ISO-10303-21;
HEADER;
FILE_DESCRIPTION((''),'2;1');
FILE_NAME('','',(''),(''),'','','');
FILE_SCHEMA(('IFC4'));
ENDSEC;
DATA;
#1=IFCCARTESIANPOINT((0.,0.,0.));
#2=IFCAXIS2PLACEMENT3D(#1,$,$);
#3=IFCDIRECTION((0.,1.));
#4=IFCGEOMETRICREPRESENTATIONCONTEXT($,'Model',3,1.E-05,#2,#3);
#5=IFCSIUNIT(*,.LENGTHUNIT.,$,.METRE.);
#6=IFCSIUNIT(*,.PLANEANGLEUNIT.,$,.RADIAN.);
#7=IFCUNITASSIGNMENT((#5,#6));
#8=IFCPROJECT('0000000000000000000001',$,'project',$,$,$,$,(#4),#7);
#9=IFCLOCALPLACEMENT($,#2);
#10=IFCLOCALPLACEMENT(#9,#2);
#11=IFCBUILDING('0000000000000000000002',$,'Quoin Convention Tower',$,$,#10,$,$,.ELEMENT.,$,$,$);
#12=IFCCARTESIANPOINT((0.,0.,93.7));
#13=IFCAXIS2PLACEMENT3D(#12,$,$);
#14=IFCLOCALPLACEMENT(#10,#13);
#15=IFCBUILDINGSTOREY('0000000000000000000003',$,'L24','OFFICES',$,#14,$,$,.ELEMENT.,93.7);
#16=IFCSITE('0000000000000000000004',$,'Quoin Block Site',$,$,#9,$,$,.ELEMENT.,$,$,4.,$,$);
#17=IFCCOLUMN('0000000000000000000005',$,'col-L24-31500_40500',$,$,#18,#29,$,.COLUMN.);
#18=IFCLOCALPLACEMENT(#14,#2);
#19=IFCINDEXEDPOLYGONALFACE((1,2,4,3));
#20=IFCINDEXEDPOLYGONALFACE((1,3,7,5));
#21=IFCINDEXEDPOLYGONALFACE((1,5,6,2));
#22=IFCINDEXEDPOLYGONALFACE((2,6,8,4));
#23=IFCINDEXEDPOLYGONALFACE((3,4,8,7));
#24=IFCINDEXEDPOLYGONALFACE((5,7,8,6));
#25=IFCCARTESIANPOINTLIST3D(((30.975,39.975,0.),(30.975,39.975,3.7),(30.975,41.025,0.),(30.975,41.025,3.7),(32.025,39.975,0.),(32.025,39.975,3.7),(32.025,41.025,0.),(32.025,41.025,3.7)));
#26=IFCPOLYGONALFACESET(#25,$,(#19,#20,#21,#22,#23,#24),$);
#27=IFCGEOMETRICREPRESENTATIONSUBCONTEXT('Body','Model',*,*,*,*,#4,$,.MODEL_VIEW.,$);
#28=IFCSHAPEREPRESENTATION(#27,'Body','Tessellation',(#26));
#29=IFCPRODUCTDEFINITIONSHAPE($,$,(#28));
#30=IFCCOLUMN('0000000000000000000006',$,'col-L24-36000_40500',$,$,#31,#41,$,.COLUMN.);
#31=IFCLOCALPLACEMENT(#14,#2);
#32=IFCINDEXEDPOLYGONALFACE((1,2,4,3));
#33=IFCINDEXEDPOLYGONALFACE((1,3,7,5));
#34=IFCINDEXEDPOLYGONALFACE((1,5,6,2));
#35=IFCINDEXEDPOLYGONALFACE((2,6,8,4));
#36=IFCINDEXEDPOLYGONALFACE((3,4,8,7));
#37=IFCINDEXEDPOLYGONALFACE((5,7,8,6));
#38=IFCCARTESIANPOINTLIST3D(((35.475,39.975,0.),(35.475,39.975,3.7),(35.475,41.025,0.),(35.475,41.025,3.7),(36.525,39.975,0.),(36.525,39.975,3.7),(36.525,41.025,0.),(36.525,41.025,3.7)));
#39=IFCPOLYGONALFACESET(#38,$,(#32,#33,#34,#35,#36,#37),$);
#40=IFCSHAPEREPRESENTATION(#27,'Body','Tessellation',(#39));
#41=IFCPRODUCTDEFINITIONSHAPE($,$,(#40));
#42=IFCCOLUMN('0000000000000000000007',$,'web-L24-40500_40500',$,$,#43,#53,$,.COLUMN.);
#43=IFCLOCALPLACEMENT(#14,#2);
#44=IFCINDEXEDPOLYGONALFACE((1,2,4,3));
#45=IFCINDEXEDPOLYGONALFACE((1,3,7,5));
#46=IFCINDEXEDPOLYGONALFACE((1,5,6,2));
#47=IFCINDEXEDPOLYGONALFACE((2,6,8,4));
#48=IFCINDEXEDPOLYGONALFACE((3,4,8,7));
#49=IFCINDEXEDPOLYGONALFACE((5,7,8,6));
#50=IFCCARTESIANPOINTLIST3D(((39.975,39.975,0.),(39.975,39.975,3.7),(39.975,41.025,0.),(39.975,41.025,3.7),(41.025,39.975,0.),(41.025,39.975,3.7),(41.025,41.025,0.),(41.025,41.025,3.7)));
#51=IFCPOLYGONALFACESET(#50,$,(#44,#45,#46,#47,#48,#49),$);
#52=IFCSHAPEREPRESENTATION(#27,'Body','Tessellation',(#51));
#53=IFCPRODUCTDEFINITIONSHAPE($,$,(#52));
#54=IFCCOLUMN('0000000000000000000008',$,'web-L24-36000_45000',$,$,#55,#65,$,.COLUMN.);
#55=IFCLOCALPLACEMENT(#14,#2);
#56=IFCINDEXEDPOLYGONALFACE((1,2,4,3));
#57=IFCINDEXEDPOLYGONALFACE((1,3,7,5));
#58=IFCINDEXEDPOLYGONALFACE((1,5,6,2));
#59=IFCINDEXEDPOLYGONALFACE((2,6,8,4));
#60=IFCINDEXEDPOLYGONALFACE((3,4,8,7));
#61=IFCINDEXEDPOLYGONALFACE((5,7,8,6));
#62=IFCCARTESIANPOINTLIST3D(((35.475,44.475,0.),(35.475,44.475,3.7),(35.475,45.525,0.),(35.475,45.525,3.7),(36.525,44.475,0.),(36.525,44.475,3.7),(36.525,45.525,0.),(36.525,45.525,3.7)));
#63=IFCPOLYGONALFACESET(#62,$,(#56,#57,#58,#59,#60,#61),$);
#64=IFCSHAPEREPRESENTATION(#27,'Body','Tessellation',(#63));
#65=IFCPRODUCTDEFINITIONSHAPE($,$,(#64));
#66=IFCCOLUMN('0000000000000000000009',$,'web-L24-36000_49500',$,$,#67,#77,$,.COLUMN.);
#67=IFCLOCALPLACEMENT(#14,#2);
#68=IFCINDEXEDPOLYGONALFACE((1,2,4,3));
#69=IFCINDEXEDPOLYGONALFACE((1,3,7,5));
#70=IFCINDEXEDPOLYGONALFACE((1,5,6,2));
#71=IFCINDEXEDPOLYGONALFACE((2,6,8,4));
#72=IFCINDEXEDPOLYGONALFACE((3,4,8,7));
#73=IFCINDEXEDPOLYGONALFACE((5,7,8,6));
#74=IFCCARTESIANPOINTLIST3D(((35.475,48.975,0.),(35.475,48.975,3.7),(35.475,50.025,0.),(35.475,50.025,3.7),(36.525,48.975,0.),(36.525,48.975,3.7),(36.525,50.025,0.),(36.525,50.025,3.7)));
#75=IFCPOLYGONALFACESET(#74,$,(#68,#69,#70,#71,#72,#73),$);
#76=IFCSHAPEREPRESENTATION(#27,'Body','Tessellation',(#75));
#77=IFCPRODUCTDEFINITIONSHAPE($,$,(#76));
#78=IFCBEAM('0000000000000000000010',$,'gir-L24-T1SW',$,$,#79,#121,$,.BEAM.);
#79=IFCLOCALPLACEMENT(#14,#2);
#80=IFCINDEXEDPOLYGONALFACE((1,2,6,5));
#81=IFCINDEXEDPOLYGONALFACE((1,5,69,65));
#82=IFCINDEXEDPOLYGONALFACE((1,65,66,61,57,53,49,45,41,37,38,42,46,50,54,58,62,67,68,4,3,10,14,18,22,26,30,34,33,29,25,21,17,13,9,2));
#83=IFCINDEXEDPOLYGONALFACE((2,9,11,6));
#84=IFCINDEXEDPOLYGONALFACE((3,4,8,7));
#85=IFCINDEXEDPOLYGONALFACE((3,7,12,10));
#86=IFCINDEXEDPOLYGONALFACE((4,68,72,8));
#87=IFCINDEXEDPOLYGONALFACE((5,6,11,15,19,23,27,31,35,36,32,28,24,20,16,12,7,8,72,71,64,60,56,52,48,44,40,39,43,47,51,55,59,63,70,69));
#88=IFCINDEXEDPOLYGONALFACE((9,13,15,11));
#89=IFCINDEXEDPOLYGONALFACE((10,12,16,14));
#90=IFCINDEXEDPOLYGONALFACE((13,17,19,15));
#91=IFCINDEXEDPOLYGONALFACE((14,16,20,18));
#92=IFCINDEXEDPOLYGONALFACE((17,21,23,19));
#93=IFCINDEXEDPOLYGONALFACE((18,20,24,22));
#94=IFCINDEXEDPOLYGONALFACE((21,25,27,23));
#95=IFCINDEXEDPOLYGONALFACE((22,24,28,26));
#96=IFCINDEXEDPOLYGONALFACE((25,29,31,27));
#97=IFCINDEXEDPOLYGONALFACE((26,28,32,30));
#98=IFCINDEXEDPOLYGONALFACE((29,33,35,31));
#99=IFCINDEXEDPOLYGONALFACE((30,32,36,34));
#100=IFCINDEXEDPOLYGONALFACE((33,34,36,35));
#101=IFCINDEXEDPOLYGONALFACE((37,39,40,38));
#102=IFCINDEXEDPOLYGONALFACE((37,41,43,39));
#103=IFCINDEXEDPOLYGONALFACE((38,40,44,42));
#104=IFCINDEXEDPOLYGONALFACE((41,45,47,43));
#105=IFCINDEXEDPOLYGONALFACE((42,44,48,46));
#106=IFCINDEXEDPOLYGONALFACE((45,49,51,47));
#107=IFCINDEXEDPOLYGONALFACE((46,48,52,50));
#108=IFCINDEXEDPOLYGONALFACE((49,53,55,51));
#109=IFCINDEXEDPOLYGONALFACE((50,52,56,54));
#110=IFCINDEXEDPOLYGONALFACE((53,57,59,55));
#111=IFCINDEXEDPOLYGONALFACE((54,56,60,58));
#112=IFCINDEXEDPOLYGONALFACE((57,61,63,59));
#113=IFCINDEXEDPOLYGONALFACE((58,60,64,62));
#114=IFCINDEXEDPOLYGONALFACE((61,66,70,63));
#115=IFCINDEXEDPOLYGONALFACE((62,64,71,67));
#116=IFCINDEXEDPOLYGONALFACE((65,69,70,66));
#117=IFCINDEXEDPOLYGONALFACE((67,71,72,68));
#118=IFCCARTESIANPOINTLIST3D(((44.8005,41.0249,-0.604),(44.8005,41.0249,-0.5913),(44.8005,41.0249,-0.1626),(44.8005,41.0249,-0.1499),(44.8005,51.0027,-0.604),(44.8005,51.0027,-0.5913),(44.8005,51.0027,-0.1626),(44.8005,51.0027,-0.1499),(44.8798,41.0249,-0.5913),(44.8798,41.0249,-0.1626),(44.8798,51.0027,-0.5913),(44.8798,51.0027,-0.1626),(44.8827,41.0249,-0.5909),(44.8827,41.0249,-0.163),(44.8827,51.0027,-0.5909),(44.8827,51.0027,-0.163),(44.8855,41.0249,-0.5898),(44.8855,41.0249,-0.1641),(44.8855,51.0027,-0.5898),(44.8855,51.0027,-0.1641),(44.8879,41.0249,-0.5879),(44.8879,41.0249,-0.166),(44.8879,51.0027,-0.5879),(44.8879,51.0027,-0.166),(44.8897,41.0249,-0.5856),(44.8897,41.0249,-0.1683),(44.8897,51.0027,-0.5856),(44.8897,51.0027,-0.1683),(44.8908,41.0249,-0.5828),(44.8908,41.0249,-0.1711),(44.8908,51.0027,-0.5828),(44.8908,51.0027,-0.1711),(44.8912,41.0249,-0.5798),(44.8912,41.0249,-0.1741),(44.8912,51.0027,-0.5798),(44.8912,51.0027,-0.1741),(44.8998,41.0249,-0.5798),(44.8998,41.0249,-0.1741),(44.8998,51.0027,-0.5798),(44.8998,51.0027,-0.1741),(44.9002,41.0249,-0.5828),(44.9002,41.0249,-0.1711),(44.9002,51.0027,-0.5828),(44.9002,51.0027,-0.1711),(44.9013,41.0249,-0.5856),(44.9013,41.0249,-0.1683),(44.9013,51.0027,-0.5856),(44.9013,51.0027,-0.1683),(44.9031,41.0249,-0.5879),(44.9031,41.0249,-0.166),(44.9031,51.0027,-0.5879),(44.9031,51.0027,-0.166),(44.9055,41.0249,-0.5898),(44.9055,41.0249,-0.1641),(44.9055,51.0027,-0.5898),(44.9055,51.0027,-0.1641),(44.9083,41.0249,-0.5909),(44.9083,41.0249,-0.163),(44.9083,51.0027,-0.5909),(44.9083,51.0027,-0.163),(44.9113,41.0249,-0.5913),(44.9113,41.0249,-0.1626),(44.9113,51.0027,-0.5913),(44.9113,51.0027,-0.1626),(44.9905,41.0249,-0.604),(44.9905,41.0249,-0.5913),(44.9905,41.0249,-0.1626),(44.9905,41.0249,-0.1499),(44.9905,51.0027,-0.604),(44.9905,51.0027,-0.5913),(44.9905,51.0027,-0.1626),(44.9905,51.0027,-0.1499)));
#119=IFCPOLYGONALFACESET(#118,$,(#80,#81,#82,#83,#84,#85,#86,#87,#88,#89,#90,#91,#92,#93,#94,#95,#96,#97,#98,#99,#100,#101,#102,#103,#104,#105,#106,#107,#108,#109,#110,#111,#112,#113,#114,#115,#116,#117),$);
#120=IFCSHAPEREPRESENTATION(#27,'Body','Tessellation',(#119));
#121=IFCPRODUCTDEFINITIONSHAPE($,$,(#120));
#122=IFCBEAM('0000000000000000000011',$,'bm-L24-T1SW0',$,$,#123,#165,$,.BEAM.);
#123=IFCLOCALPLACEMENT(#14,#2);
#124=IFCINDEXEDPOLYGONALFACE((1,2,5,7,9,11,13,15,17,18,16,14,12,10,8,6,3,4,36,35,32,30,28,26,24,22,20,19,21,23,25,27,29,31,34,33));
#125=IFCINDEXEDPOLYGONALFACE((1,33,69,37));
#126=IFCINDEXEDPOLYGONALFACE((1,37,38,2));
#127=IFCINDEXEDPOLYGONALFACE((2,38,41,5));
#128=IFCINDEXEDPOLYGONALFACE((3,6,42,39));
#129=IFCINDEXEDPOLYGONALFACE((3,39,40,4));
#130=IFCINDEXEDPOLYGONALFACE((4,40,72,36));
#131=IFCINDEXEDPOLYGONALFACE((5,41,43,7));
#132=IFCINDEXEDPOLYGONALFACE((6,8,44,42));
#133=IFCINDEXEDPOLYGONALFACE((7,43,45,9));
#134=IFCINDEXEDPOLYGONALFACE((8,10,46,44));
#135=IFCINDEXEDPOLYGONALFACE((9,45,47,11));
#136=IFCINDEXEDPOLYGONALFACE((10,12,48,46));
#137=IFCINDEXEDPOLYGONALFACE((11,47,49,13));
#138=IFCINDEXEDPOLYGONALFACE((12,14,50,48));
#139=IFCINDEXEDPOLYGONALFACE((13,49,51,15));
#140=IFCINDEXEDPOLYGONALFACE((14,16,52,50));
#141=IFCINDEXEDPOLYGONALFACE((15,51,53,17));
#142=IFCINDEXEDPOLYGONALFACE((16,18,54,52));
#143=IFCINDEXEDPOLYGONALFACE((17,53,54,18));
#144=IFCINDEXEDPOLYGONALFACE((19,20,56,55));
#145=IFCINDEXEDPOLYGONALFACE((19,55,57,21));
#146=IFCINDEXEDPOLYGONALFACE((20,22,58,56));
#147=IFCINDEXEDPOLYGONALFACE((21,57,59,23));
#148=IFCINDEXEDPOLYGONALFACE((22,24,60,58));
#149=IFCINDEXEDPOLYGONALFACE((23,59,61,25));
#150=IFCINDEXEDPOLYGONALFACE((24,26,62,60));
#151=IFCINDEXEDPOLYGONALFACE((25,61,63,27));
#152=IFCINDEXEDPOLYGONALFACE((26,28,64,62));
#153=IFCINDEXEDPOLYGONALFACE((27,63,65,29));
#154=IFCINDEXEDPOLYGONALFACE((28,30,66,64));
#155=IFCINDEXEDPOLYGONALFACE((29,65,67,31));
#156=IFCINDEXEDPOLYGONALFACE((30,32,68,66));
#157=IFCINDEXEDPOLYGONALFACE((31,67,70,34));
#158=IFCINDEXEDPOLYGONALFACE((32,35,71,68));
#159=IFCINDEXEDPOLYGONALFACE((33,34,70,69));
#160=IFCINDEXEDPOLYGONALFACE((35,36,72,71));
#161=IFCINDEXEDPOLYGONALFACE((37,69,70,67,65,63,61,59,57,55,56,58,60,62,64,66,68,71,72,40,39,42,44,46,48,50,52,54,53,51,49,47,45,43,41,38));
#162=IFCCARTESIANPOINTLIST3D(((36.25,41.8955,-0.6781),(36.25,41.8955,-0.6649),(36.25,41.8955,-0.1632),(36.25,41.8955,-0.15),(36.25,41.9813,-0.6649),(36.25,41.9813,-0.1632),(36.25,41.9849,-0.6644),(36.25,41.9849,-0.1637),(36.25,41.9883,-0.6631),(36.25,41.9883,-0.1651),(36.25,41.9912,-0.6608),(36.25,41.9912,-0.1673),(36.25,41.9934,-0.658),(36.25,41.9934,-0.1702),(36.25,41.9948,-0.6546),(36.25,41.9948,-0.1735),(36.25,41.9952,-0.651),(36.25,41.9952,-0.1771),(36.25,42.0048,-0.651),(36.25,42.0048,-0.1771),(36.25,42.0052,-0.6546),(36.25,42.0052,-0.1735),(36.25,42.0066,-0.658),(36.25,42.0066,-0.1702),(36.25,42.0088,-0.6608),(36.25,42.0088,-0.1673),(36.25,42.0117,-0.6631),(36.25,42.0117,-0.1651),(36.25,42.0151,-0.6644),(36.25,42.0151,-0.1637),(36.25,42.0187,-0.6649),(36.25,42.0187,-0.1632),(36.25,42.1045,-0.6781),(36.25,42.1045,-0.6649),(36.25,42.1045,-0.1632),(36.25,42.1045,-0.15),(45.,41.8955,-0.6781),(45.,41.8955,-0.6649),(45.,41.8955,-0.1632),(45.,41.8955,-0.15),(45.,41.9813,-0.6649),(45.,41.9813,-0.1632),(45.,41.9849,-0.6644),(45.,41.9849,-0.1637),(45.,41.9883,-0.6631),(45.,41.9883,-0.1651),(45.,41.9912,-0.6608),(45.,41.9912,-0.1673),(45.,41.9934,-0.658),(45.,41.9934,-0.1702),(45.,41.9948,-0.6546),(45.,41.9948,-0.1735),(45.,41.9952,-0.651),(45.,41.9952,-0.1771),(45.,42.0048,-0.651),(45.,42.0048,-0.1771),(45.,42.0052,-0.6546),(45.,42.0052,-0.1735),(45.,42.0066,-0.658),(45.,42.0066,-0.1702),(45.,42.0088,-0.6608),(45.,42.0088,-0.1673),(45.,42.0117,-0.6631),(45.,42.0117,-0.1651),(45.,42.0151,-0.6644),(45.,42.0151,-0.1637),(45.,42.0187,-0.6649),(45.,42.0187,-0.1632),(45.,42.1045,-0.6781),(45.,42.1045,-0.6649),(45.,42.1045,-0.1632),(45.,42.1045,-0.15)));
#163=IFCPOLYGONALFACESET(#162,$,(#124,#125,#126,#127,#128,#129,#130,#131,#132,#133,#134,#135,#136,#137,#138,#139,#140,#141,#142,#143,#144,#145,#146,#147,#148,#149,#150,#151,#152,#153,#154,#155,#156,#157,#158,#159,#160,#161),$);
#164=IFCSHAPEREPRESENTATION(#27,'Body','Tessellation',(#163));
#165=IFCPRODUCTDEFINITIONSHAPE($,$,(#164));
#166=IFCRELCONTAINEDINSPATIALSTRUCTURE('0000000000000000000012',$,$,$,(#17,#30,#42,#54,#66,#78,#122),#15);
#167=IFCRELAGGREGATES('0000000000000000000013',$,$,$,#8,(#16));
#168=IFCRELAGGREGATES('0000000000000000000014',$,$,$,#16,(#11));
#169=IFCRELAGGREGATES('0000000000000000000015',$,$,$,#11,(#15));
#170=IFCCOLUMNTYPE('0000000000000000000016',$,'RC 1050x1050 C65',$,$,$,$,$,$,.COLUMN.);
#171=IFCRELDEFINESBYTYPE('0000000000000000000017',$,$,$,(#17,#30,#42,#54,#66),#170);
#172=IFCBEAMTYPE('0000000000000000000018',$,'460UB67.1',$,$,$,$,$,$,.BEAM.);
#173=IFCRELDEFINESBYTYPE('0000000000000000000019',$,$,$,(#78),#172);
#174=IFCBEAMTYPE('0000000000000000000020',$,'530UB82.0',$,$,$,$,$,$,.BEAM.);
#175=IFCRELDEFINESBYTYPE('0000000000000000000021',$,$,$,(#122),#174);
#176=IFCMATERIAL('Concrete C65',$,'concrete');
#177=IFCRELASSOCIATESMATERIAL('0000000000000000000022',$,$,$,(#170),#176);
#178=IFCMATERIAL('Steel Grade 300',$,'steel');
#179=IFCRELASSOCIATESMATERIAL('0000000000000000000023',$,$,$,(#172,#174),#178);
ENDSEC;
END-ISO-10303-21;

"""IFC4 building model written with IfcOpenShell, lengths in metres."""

from ifc_helpers import new_model, si_unit, direction, frame, origin, origin_2d, place, context, subcontext, project, spatial, rectangle, i_section, extrude, material, material_profile, profile_set, type_object, element, save


model = new_model("IFC4")

# Units and contexts
model_context = context("Model", 3, precision=1e-05, world=origin(), true_north=direction((0.0, 1.0)))
body_context = subcontext(model_context, "Body", "Model", "MODEL_VIEW")
ifc_project = project(units=[si_unit("LENGTHUNIT", "METRE"), si_unit("PLANEANGLEUNIT", "RADIAN")], contexts=[model_context])

# Site, building, storey
site_placement = place(None, origin())
site = spatial("IfcSite", under=ifc_project, at=site_placement, Name="Quoin Block Site", CompositionType="ELEMENT", RefElevation=4.0)
building_placement = place(site_placement, origin())
building = spatial("IfcBuilding", under=site, at=building_placement, Name="Quoin Convention Tower", CompositionType="ELEMENT")
storey_placement = place(building_placement, frame((0.0, 0.0, 93.7)))
storey = spatial("IfcBuildingStorey", under=building, at=storey_placement, Name="L24", Description="OFFICES", CompositionType="ELEMENT", Elevation=93.7)

# Columns
ifc_material_1 = material(Name="Concrete C65", Category="concrete")
ifc_material_profile_1 = material_profile(ifc_material_1, rectangle(XDim=1.05, YDim=1.05, at=origin_2d()), Name="RC 1050x1050")
ifc_profile_set_1 = profile_set([ifc_material_profile_1], Name="Concrete C65")
column_type = type_object("IfcColumnType", Name="RC 1050x1050 C65", PredefinedType="COLUMN", material=ifc_profile_set_1)
for number, where, z_axis, x_axis, name in (
    (1, (31.5, 40.5, 0.0), (0.0, 0.0, 1.0), (1.0, 0.0, 0.0), "col-L24-31500_40500"),
    (2, (36.0, 40.5, 0.0), (0.0, 0.0, 1.0), (1.0, 0.0, 0.0), "col-L24-36000_40500"),
    (3, (40.5, 40.5, 0.0), (0.0, 0.0, 1.0), (1.0, 0.0, 0.0), "web-L24-40500_40500"),
    (4, (36.0, 45.0, 0.0), (0.0, 0.0, 1.0), (1.0, 0.0, 0.0), "web-L24-36000_45000"),
    (5, (36.0, 49.5, 0.0), (0.0, 0.0, 1.0), (1.0, 0.0, 0.0), "web-L24-36000_49500"),
):
    element("IfcColumn", number, at=place(storey_placement, frame(where, z_axis=z_axis, x_axis=x_axis)), inside=storey, type_object=column_type, Name=name, PredefinedType="COLUMN", context=body_context, shape_type="SweptSolid", body=[
        extrude(rectangle(XDim=1.05, YDim=1.05, at=origin_2d()), origin(), (0.0, 0.0, 1.0), 3.7),
    ])

# Beams
ifc_material_2 = material(Name="Steel Grade 300", Category="steel")
ifc_material_profile_2 = material_profile(ifc_material_2, i_section(OverallWidth=0.1899, OverallDepth=0.4541, WebThickness=0.0085, FlangeThickness=0.0127, FilletRadius=0.0115, at=origin_2d()), Name="460UB67.1")
ifc_profile_set_2 = profile_set([ifc_material_profile_2], Name="Steel Grade 300")
beam_type_1 = type_object("IfcBeamType", Name="460UB67.1", PredefinedType="BEAM", material=ifc_profile_set_2)
beam_1_placement = place(storey_placement, frame((44.8955, 41.0249, -0.377), z_axis=(0.0, 1.0, 0.0), x_axis=(-1.0, 0.0, 0.0)))
element("IfcBeam", 6, at=beam_1_placement, inside=storey, type_object=beam_type_1, Name="gir-L24-T1SW", PredefinedType="BEAM", context=body_context, shape_type="SweptSolid", body=[
    extrude(i_section(OverallWidth=0.1899, OverallDepth=0.4541, WebThickness=0.0085, FlangeThickness=0.0127, FilletRadius=0.0115, at=origin_2d()), origin(), (0.0, 0.0, 1.0), 9.9778),
])
ifc_material_profile_3 = material_profile(ifc_material_2, i_section(OverallWidth=0.209, OverallDepth=0.5281, WebThickness=0.0095, FlangeThickness=0.0132, FilletRadius=0.0139, at=origin_2d()), Name="530UB82.0")
ifc_profile_set_3 = profile_set([ifc_material_profile_3], Name="Steel Grade 300")
beam_type_2 = type_object("IfcBeamType", Name="530UB82.0", PredefinedType="BEAM", material=ifc_profile_set_3)
beam_2_placement = place(storey_placement, frame((36.25, 42.0, -0.4141), z_axis=(1.0, 0.0, 0.0), x_axis=(0.0, 1.0, 0.0)))
element("IfcBeam", 7, at=beam_2_placement, inside=storey, type_object=beam_type_2, Name="bm-L24-T1SW0", PredefinedType="BEAM", context=body_context, shape_type="SweptSolid", body=[
    extrude(i_section(OverallWidth=0.209, OverallDepth=0.5281, WebThickness=0.0095, FlangeThickness=0.0132, FilletRadius=0.0139, at=origin_2d()), origin(), (0.0, 0.0, 1.0), 8.75),
])

save(model, "model.ifc")
